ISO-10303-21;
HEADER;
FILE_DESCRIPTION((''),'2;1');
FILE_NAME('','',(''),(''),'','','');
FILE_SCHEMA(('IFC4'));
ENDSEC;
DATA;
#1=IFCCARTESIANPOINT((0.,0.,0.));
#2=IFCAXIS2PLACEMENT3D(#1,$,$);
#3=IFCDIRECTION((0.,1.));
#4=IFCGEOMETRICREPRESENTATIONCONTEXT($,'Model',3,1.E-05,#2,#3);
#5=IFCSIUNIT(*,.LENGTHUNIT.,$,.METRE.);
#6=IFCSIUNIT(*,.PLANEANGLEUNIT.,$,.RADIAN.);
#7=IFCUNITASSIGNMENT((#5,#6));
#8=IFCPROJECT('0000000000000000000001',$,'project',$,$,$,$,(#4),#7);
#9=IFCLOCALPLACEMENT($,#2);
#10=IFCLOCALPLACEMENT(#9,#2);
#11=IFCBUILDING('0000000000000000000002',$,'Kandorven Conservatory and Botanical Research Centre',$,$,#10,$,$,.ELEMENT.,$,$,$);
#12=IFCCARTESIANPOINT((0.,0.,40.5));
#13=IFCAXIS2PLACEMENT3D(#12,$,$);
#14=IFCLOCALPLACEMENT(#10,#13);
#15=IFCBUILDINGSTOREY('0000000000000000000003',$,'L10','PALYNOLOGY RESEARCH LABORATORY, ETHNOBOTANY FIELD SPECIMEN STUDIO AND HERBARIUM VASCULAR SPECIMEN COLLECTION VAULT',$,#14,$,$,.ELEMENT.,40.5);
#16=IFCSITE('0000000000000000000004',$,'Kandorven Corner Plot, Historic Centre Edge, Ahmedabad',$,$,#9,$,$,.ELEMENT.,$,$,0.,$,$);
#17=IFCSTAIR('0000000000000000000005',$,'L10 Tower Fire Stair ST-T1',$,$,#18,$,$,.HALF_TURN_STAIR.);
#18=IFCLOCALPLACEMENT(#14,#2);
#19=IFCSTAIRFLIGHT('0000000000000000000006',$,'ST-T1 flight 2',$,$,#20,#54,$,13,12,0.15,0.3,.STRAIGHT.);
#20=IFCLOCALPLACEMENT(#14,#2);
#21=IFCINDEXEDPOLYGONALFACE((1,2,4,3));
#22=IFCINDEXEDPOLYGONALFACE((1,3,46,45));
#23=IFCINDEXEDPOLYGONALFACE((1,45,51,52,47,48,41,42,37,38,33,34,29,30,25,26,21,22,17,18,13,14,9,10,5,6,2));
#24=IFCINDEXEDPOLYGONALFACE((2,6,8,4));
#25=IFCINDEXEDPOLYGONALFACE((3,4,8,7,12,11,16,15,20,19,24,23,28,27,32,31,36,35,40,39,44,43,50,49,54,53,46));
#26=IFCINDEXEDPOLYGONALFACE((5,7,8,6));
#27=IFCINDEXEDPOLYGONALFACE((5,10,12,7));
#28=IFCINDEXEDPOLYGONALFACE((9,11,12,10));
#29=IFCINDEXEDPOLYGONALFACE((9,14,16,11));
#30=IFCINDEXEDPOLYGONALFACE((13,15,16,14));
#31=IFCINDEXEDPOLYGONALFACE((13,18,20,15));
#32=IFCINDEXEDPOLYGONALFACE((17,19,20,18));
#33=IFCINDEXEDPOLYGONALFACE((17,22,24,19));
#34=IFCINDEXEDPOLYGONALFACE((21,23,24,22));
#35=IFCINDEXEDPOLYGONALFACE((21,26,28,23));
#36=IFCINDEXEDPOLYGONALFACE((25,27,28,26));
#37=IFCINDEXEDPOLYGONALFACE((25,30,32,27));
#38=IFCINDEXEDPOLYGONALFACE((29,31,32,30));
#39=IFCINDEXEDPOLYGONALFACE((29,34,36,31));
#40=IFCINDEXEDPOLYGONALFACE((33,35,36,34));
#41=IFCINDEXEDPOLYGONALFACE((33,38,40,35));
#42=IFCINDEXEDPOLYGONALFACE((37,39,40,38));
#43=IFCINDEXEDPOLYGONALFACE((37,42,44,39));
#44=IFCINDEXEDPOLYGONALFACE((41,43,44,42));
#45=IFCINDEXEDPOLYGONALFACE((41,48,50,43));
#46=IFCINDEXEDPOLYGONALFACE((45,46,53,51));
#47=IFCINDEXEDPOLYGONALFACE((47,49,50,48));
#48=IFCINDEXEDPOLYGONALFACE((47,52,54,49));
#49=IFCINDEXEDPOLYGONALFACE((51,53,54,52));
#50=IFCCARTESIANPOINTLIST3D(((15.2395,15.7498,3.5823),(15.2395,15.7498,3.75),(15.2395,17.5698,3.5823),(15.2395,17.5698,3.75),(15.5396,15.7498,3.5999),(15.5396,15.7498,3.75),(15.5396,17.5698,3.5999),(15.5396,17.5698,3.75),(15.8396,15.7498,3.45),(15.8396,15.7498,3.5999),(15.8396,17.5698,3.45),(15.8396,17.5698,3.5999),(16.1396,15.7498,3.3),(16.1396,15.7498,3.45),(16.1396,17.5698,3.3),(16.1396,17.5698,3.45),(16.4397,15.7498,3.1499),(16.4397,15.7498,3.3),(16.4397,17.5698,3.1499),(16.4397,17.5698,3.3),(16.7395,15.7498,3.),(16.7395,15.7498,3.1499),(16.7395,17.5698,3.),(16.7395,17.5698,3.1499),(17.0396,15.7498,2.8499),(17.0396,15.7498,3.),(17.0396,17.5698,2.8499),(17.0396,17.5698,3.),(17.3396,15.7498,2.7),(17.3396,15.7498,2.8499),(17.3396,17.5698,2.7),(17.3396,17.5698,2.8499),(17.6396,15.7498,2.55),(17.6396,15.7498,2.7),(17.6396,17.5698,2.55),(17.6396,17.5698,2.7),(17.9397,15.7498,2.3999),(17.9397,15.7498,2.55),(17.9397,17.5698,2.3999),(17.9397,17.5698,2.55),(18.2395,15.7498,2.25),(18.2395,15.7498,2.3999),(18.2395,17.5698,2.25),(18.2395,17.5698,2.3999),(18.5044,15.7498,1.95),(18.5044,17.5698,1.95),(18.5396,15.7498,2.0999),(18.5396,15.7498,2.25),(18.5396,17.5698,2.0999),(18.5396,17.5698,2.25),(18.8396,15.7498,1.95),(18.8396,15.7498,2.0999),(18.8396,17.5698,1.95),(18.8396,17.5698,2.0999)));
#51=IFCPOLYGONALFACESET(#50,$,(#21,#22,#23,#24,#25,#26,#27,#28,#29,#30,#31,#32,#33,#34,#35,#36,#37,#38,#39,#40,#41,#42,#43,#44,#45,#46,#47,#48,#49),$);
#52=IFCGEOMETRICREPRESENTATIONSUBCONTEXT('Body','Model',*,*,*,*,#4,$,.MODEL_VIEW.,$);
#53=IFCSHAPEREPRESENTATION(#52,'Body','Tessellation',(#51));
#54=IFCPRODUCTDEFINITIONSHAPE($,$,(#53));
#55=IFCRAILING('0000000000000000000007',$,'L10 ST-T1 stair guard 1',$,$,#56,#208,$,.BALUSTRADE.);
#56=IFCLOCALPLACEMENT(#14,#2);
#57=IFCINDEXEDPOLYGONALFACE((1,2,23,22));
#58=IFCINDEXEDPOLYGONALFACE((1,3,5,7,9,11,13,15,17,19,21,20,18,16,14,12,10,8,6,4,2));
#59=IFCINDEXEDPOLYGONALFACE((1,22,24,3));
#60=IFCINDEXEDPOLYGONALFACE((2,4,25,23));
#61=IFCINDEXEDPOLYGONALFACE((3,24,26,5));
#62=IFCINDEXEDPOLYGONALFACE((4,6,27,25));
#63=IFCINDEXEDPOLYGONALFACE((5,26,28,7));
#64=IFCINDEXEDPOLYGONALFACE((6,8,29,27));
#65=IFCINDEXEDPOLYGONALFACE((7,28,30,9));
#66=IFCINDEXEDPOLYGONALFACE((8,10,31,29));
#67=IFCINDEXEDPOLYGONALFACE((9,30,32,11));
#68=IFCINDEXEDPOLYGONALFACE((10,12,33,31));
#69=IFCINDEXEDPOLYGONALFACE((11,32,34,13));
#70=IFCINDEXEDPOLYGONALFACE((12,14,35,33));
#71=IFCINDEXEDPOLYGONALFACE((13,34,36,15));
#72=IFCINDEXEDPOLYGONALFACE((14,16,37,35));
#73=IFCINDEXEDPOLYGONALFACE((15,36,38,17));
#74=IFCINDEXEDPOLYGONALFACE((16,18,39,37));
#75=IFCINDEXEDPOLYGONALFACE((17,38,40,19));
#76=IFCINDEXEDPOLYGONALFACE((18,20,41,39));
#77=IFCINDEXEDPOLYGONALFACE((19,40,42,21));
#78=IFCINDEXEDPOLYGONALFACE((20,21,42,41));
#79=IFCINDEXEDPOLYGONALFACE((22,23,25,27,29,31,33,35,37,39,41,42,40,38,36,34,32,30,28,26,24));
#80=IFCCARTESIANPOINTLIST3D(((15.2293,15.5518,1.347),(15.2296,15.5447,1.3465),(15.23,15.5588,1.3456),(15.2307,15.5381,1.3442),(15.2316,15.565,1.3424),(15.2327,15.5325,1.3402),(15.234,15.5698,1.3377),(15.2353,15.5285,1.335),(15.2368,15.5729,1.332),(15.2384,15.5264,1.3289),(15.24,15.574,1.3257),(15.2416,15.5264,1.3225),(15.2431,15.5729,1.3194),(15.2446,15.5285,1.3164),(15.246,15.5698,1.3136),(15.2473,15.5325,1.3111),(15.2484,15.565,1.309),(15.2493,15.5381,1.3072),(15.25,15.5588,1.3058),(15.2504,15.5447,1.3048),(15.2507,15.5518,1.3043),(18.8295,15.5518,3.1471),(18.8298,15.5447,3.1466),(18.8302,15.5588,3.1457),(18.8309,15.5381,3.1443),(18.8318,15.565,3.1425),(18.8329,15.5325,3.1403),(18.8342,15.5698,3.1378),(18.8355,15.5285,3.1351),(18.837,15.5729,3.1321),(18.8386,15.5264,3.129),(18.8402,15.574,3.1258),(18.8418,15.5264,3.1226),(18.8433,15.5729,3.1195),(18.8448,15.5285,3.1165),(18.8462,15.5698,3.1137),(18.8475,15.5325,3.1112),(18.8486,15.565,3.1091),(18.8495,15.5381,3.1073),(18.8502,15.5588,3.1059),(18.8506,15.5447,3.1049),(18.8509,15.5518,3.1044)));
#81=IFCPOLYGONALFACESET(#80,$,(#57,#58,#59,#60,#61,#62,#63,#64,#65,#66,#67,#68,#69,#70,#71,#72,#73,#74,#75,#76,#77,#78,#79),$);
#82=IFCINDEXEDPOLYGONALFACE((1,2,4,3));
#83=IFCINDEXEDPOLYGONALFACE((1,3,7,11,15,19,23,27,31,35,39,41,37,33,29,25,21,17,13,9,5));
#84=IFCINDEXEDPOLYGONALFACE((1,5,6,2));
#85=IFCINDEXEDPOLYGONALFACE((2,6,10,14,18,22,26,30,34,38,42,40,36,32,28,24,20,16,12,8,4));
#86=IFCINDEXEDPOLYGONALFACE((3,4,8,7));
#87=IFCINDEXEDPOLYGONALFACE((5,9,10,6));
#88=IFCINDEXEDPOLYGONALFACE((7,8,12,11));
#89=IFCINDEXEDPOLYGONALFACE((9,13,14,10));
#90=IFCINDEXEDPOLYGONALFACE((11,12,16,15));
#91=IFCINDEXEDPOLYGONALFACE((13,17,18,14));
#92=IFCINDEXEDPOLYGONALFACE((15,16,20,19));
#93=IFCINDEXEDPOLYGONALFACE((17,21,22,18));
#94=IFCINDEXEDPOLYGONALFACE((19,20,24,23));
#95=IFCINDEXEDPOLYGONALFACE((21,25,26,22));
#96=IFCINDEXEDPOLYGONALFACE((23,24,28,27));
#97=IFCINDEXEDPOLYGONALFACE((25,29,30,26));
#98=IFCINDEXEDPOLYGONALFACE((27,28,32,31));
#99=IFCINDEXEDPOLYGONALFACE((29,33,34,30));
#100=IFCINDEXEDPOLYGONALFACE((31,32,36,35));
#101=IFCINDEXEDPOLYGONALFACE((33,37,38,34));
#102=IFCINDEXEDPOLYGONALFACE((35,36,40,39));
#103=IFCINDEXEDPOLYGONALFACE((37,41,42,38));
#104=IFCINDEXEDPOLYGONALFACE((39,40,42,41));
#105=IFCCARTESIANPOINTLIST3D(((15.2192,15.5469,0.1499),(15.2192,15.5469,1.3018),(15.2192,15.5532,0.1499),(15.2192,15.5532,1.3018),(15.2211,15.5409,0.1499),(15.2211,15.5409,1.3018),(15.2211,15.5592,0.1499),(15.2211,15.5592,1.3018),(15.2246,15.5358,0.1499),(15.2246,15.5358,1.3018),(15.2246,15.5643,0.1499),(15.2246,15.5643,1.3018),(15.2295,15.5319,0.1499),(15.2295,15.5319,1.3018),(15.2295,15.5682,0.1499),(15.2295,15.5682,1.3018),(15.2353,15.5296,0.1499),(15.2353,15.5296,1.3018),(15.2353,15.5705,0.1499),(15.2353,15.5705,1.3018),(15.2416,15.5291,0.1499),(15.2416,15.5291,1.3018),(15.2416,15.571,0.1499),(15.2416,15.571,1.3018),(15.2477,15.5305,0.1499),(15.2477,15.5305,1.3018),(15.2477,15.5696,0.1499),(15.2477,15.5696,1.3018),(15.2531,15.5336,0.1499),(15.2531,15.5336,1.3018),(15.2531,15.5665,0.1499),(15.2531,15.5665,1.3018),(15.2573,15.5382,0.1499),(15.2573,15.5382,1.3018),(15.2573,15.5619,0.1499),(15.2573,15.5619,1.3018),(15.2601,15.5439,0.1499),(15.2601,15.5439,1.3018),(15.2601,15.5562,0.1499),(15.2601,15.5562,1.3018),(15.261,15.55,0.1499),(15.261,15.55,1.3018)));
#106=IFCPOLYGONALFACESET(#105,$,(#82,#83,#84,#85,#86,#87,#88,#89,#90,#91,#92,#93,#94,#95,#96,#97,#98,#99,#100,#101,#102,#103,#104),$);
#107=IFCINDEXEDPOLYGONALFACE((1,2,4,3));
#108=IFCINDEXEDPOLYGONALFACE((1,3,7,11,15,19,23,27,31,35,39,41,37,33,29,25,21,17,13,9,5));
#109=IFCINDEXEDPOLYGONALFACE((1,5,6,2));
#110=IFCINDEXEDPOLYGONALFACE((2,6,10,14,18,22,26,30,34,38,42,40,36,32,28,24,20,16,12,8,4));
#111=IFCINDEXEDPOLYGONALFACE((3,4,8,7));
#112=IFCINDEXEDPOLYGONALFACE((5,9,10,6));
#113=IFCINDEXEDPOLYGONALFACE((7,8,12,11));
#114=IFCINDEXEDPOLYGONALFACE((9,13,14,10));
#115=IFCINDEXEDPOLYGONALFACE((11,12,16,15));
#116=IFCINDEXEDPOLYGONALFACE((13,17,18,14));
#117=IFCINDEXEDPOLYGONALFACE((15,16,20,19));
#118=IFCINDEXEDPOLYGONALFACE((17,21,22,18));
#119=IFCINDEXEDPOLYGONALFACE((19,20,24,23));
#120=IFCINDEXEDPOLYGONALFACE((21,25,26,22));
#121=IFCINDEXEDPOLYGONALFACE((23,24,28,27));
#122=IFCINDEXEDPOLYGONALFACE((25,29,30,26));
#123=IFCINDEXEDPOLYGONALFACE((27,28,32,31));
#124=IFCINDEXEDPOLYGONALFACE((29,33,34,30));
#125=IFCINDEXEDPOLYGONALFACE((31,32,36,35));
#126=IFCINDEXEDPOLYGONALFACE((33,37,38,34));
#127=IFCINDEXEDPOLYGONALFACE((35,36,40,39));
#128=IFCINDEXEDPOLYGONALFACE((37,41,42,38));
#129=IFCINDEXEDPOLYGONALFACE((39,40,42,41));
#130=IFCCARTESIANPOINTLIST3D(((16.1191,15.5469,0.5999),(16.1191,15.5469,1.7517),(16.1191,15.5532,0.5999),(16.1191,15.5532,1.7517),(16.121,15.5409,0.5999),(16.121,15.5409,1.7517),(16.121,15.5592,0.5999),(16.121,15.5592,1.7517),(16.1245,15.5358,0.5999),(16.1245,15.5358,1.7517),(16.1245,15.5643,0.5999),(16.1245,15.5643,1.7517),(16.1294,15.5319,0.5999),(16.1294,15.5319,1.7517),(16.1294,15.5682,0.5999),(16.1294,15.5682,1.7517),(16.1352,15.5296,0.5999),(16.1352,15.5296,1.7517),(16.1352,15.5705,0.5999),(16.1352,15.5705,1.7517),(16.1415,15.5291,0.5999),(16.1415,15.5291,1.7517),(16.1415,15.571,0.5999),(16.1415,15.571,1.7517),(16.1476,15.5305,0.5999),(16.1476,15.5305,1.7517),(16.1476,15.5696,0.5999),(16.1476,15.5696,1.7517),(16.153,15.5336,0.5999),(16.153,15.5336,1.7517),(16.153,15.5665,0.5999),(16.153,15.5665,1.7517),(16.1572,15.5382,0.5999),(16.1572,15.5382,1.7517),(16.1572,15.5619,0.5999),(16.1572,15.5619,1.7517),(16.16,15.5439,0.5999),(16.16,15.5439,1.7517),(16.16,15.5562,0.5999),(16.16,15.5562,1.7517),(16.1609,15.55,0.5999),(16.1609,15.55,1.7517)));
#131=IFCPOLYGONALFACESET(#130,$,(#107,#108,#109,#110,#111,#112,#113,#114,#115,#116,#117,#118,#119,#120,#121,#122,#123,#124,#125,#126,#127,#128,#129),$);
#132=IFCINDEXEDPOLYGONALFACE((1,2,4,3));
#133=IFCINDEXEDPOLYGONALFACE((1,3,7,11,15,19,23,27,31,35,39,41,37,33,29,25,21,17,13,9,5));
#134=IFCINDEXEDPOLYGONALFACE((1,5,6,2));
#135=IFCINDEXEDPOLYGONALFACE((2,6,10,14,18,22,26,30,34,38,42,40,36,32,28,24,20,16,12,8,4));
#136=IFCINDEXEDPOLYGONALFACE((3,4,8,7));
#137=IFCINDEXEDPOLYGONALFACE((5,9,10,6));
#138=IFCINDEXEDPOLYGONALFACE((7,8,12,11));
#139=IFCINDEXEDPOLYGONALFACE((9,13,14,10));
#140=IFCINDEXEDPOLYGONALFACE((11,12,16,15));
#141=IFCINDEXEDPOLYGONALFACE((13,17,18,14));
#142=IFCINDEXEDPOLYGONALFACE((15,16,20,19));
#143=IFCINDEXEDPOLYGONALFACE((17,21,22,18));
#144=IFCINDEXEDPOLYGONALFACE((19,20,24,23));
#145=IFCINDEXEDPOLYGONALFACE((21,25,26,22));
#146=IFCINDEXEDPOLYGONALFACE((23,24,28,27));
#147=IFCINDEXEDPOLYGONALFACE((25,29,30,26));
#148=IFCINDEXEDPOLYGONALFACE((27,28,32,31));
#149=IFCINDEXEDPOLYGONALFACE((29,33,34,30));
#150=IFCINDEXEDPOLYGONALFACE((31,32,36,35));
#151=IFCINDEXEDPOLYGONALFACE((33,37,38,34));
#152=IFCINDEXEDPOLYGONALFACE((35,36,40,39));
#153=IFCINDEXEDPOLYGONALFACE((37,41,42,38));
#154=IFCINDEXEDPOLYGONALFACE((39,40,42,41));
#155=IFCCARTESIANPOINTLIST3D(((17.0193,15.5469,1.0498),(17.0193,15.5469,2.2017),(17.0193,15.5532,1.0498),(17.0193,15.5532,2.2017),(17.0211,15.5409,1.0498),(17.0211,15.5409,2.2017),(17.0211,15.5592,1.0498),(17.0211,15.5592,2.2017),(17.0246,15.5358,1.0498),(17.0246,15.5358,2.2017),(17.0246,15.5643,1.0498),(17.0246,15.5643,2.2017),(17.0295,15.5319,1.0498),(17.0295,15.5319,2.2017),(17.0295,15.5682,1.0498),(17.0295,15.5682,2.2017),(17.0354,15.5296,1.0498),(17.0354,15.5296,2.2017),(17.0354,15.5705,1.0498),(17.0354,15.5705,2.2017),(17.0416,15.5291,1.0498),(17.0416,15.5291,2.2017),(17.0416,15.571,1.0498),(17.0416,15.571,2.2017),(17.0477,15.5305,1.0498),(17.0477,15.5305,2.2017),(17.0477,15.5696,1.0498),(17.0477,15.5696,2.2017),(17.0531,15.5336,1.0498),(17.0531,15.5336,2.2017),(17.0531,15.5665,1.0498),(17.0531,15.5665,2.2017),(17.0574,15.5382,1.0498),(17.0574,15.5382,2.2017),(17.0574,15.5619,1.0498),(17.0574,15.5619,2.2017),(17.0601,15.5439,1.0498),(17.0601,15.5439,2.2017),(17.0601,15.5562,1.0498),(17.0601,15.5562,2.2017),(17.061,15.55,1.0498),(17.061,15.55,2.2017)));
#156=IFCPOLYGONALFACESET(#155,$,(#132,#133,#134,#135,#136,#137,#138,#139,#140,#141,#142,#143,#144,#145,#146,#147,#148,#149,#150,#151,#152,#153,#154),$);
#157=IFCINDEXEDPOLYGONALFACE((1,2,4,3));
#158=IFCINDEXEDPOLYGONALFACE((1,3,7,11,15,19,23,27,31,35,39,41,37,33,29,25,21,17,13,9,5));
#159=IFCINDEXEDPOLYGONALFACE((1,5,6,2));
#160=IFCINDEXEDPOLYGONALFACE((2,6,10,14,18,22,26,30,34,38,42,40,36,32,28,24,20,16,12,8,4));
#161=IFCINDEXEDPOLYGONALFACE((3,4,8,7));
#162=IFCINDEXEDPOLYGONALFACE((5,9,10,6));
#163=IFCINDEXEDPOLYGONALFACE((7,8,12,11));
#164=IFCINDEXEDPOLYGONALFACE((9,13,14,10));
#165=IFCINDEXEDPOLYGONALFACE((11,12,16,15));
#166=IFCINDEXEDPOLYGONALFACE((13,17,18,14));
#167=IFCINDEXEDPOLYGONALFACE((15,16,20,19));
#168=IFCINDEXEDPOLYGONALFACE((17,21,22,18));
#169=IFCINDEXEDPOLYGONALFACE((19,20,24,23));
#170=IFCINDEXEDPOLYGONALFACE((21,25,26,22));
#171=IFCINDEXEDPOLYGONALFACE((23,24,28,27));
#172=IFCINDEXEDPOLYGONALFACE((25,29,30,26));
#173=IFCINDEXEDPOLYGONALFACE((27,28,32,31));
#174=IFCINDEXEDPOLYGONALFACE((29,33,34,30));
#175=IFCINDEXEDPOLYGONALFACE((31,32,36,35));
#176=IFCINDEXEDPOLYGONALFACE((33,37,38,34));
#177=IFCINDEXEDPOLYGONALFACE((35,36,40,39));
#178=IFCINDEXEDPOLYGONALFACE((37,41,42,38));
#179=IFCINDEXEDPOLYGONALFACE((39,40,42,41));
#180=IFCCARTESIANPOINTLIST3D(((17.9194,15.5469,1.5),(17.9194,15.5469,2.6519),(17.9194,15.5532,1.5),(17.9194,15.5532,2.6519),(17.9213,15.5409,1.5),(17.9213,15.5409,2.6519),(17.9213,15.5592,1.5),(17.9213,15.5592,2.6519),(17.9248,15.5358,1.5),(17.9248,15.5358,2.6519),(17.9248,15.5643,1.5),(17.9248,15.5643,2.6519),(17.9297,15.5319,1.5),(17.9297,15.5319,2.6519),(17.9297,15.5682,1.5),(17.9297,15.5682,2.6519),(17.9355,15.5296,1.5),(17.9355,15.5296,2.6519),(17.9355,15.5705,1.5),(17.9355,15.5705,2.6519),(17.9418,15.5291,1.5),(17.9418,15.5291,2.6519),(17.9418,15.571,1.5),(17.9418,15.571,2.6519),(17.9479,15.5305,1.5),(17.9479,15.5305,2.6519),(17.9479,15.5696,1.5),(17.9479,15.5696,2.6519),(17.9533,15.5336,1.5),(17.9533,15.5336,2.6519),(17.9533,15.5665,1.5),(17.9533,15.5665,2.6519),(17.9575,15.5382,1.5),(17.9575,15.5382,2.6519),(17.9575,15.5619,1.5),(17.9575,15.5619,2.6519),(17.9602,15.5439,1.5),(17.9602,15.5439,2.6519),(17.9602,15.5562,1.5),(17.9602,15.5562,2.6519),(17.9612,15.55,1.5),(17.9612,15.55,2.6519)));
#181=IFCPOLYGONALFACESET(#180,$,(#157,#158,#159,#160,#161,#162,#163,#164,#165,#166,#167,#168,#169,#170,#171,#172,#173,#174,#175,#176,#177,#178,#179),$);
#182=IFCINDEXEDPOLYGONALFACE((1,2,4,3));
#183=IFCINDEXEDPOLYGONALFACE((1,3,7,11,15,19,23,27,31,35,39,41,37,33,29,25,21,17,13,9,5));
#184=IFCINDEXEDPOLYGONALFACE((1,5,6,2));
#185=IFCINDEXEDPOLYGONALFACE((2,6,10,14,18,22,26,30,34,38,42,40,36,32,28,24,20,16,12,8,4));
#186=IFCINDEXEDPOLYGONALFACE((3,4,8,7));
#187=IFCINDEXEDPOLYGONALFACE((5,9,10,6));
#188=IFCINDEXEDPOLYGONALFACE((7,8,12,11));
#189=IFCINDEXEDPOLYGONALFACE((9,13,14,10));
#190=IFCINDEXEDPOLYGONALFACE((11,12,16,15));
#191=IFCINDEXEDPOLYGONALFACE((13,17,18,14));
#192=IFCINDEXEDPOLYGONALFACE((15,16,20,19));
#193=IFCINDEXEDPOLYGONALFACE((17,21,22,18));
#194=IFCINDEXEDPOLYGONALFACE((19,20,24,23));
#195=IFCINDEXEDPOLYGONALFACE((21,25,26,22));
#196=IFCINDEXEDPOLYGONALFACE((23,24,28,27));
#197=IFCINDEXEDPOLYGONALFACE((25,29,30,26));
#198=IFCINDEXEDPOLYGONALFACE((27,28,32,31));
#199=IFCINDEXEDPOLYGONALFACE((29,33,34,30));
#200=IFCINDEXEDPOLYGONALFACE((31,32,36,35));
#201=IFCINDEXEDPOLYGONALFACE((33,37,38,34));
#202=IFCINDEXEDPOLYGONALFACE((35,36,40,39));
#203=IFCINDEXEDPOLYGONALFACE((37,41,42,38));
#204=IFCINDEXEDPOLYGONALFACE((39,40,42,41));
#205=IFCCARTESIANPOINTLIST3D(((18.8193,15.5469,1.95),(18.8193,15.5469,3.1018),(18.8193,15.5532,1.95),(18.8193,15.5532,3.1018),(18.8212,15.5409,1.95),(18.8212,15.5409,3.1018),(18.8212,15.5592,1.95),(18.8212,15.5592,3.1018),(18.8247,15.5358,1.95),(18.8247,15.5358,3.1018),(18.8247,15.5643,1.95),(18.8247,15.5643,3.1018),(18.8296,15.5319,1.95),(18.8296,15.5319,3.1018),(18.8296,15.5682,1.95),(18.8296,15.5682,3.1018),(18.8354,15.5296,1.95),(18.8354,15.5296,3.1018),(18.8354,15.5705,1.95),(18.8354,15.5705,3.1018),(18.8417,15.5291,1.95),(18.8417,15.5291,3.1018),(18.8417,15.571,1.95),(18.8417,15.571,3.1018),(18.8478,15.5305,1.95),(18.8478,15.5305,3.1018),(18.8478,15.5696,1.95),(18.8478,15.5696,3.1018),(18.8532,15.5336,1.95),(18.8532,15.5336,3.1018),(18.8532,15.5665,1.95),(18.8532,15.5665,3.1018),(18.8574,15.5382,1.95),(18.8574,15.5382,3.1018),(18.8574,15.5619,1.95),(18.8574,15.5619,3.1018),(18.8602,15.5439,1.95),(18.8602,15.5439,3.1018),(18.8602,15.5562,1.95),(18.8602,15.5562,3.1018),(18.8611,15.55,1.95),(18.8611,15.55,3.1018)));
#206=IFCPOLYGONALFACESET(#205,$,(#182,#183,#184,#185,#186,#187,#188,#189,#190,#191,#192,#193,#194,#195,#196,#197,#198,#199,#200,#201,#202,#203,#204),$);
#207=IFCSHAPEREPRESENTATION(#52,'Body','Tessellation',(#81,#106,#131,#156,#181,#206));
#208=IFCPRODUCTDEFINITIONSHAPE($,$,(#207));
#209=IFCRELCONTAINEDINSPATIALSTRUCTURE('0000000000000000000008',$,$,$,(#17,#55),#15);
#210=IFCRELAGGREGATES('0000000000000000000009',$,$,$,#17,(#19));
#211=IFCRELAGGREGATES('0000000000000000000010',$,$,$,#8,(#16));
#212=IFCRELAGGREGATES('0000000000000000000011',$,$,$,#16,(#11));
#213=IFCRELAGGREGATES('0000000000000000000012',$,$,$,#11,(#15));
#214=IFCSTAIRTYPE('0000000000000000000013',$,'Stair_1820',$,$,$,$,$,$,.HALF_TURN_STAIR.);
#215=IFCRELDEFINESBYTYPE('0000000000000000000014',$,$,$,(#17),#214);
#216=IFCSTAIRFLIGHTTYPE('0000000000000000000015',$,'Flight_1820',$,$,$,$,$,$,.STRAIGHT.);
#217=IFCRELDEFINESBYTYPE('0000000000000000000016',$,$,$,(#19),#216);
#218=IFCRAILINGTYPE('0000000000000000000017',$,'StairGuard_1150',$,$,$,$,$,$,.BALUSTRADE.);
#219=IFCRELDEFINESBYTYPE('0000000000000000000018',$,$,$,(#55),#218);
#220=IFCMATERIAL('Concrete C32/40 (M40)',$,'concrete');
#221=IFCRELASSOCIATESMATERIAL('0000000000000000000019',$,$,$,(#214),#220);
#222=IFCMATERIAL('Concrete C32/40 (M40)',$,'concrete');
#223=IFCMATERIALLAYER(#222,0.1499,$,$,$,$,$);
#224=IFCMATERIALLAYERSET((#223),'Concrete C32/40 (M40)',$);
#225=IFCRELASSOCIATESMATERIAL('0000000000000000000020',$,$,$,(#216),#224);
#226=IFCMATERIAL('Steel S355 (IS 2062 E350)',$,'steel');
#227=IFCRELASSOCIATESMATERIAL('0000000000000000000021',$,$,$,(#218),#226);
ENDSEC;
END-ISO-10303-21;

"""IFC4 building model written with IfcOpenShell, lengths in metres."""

from ifc_helpers import new_model, si_unit, direction, frame, origin, origin_2d, place, context, subcontext, project, spatial, polyline, circle, outline, extrude, material, layer, layer_set, type_object, element, aggregate, save


model = new_model("IFC4")

# Units and contexts
model_context = context("Model", 3, precision=1e-05, world=origin(), true_north=direction((0.0, 1.0)))
body_context = subcontext(model_context, "Body", "Model", "MODEL_VIEW")
ifc_project = project(units=[si_unit("LENGTHUNIT", "METRE"), si_unit("PLANEANGLEUNIT", "RADIAN")], contexts=[model_context])

# Site, building, storey
site_placement = place(None, origin())
site = spatial("IfcSite", under=ifc_project, at=site_placement, Name="Kandorven Corner Plot, Historic Centre Edge, Ahmedabad", CompositionType="ELEMENT", RefElevation=0.0)
building_placement = place(site_placement, origin())
building = spatial("IfcBuilding", under=site, at=building_placement, Name="Kandorven Conservatory and Botanical Research Centre", CompositionType="ELEMENT")
storey_placement = place(building_placement, frame((0.0, 0.0, 40.5)))
storey = spatial("IfcBuildingStorey", under=building, at=storey_placement, Name="L10", Description="PALYNOLOGY RESEARCH LABORATORY, ETHNOBOTANY FIELD SPECIMEN STUDIO AND HERBARIUM VASCULAR SPECIMEN COLLECTION VAULT", CompositionType="ELEMENT", Elevation=40.5)

# Stair, stair flight
ifc_material_1 = material(Name="Concrete C32/40 (M40)", Category="concrete")
stair_type = type_object("IfcStairType", Name="Stair_1820", PredefinedType="HALF_TURN_STAIR", material=ifc_material_1)
stair_placement = place(storey_placement, origin())
stair = element("IfcStair", 1, at=stair_placement, inside=storey, type_object=stair_type, Name="L10 Tower Fire Stair ST-T1", PredefinedType="HALF_TURN_STAIR")
ifc_material_2 = material(Name="Concrete C32/40 (M40)", Category="concrete")
ifc_layer_1 = layer(ifc_material_2, 0.1499)
ifc_layer_set_1 = layer_set([ifc_layer_1], Name="Concrete C32/40 (M40)")
stair_flight_type = type_object("IfcStairFlightType", Name="Flight_1820", PredefinedType="STRAIGHT", material=ifc_layer_set_1)
stair_flight_1_placement = place(storey_placement, frame((18.8396, 16.6599, 1.95), z_axis=(0.0, 0.0, 1.0), x_axis=(-1.0, 0.0, 0.0)))
stair_flight_1 = element("IfcStairFlight", 2, at=stair_flight_1_placement, type_object=stair_flight_type, Name="ST-T1 flight 2", NumberOfRisers=13, NumberOfTreads=12, PredefinedType="STRAIGHT", RiserHeight=0.15, TreadLength=0.3, context=body_context, shape_type="SweptSolid", body=[
    extrude(outline(polyline([(0.0, 0.0), (0.0, 0.1499), (0.3, 0.1499), (0.3, 0.3), (0.6001, 0.3), (0.6001, 0.45), (0.8999, 0.45), (0.8999, 0.6001), (1.2, 0.6001), (1.2, 0.75), (1.5, 0.75), (1.5, 0.8999), (1.8, 0.8999), (1.8, 1.05), (2.1001, 1.05), (2.1001, 1.2), (2.3999, 1.2), (2.3999, 1.3501), (2.7, 1.3501), (2.7, 1.5), (3.0, 1.5), (3.0, 1.6499), (3.3, 1.6499), (3.3, 1.8), (3.6001, 1.8), (3.6001, 1.95), (3.6001, 1.6323), (0.3352, 0.0), (0.0, 0.0)])), frame((0.0, 0.9102, 0.0), z_axis=(0.0, -1.0, 0.0), x_axis=(1.0, 0.0, 0.0)), (0.0, 0.0, 1.0), 1.8201),
])
aggregate(stair, [stair_flight_1])

# Railing
ifc_material_3 = material(Name="Steel S355 (IS 2062 E350)", Category="steel")
railing_type_1 = type_object("IfcRailingType", Name="StairGuard_1150", PredefinedType="BALUSTRADE", material=ifc_material_3)
railing_1_placement = place(storey_placement, frame((15.24, 15.55, 0.1499)))
element("IfcRailing", 3, at=railing_1_placement, inside=storey, type_object=railing_type_1, Name="L10 ST-T1 stair guard 1", PredefinedType="BALUSTRADE", context=body_context, shape_type="SweptSolid", body=[
    extrude(circle(Radius=0.0239, at=origin_2d()), frame((0.0, 0.0, 1.1758), z_axis=(0.894427, 0.0, 0.447214), x_axis=(0.0, 1.0, 0.0)), (0.0, 0.0, 1.0), 4.0251),
    extrude(circle(Radius=0.021, at=origin_2d()), origin(), (0.0, 0.0, 1.0), 1.1519),
    extrude(circle(Radius=0.021, at=origin_2d()), frame((0.8999, 0.0, 0.45)), (0.0, 0.0, 1.0), 1.1519),
    extrude(circle(Radius=0.021, at=origin_2d()), frame((1.8, 0.0, 0.8999)), (0.0, 0.0, 1.0), 1.1519),
    extrude(circle(Radius=0.021, at=origin_2d()), frame((2.7002, 0.0, 1.3501)), (0.0, 0.0, 1.0), 1.1519),
    extrude(circle(Radius=0.021, at=origin_2d()), frame((3.6001, 0.0, 1.8)), (0.0, 0.0, 1.0), 1.1519),
])

save(model, "model.ifc")
